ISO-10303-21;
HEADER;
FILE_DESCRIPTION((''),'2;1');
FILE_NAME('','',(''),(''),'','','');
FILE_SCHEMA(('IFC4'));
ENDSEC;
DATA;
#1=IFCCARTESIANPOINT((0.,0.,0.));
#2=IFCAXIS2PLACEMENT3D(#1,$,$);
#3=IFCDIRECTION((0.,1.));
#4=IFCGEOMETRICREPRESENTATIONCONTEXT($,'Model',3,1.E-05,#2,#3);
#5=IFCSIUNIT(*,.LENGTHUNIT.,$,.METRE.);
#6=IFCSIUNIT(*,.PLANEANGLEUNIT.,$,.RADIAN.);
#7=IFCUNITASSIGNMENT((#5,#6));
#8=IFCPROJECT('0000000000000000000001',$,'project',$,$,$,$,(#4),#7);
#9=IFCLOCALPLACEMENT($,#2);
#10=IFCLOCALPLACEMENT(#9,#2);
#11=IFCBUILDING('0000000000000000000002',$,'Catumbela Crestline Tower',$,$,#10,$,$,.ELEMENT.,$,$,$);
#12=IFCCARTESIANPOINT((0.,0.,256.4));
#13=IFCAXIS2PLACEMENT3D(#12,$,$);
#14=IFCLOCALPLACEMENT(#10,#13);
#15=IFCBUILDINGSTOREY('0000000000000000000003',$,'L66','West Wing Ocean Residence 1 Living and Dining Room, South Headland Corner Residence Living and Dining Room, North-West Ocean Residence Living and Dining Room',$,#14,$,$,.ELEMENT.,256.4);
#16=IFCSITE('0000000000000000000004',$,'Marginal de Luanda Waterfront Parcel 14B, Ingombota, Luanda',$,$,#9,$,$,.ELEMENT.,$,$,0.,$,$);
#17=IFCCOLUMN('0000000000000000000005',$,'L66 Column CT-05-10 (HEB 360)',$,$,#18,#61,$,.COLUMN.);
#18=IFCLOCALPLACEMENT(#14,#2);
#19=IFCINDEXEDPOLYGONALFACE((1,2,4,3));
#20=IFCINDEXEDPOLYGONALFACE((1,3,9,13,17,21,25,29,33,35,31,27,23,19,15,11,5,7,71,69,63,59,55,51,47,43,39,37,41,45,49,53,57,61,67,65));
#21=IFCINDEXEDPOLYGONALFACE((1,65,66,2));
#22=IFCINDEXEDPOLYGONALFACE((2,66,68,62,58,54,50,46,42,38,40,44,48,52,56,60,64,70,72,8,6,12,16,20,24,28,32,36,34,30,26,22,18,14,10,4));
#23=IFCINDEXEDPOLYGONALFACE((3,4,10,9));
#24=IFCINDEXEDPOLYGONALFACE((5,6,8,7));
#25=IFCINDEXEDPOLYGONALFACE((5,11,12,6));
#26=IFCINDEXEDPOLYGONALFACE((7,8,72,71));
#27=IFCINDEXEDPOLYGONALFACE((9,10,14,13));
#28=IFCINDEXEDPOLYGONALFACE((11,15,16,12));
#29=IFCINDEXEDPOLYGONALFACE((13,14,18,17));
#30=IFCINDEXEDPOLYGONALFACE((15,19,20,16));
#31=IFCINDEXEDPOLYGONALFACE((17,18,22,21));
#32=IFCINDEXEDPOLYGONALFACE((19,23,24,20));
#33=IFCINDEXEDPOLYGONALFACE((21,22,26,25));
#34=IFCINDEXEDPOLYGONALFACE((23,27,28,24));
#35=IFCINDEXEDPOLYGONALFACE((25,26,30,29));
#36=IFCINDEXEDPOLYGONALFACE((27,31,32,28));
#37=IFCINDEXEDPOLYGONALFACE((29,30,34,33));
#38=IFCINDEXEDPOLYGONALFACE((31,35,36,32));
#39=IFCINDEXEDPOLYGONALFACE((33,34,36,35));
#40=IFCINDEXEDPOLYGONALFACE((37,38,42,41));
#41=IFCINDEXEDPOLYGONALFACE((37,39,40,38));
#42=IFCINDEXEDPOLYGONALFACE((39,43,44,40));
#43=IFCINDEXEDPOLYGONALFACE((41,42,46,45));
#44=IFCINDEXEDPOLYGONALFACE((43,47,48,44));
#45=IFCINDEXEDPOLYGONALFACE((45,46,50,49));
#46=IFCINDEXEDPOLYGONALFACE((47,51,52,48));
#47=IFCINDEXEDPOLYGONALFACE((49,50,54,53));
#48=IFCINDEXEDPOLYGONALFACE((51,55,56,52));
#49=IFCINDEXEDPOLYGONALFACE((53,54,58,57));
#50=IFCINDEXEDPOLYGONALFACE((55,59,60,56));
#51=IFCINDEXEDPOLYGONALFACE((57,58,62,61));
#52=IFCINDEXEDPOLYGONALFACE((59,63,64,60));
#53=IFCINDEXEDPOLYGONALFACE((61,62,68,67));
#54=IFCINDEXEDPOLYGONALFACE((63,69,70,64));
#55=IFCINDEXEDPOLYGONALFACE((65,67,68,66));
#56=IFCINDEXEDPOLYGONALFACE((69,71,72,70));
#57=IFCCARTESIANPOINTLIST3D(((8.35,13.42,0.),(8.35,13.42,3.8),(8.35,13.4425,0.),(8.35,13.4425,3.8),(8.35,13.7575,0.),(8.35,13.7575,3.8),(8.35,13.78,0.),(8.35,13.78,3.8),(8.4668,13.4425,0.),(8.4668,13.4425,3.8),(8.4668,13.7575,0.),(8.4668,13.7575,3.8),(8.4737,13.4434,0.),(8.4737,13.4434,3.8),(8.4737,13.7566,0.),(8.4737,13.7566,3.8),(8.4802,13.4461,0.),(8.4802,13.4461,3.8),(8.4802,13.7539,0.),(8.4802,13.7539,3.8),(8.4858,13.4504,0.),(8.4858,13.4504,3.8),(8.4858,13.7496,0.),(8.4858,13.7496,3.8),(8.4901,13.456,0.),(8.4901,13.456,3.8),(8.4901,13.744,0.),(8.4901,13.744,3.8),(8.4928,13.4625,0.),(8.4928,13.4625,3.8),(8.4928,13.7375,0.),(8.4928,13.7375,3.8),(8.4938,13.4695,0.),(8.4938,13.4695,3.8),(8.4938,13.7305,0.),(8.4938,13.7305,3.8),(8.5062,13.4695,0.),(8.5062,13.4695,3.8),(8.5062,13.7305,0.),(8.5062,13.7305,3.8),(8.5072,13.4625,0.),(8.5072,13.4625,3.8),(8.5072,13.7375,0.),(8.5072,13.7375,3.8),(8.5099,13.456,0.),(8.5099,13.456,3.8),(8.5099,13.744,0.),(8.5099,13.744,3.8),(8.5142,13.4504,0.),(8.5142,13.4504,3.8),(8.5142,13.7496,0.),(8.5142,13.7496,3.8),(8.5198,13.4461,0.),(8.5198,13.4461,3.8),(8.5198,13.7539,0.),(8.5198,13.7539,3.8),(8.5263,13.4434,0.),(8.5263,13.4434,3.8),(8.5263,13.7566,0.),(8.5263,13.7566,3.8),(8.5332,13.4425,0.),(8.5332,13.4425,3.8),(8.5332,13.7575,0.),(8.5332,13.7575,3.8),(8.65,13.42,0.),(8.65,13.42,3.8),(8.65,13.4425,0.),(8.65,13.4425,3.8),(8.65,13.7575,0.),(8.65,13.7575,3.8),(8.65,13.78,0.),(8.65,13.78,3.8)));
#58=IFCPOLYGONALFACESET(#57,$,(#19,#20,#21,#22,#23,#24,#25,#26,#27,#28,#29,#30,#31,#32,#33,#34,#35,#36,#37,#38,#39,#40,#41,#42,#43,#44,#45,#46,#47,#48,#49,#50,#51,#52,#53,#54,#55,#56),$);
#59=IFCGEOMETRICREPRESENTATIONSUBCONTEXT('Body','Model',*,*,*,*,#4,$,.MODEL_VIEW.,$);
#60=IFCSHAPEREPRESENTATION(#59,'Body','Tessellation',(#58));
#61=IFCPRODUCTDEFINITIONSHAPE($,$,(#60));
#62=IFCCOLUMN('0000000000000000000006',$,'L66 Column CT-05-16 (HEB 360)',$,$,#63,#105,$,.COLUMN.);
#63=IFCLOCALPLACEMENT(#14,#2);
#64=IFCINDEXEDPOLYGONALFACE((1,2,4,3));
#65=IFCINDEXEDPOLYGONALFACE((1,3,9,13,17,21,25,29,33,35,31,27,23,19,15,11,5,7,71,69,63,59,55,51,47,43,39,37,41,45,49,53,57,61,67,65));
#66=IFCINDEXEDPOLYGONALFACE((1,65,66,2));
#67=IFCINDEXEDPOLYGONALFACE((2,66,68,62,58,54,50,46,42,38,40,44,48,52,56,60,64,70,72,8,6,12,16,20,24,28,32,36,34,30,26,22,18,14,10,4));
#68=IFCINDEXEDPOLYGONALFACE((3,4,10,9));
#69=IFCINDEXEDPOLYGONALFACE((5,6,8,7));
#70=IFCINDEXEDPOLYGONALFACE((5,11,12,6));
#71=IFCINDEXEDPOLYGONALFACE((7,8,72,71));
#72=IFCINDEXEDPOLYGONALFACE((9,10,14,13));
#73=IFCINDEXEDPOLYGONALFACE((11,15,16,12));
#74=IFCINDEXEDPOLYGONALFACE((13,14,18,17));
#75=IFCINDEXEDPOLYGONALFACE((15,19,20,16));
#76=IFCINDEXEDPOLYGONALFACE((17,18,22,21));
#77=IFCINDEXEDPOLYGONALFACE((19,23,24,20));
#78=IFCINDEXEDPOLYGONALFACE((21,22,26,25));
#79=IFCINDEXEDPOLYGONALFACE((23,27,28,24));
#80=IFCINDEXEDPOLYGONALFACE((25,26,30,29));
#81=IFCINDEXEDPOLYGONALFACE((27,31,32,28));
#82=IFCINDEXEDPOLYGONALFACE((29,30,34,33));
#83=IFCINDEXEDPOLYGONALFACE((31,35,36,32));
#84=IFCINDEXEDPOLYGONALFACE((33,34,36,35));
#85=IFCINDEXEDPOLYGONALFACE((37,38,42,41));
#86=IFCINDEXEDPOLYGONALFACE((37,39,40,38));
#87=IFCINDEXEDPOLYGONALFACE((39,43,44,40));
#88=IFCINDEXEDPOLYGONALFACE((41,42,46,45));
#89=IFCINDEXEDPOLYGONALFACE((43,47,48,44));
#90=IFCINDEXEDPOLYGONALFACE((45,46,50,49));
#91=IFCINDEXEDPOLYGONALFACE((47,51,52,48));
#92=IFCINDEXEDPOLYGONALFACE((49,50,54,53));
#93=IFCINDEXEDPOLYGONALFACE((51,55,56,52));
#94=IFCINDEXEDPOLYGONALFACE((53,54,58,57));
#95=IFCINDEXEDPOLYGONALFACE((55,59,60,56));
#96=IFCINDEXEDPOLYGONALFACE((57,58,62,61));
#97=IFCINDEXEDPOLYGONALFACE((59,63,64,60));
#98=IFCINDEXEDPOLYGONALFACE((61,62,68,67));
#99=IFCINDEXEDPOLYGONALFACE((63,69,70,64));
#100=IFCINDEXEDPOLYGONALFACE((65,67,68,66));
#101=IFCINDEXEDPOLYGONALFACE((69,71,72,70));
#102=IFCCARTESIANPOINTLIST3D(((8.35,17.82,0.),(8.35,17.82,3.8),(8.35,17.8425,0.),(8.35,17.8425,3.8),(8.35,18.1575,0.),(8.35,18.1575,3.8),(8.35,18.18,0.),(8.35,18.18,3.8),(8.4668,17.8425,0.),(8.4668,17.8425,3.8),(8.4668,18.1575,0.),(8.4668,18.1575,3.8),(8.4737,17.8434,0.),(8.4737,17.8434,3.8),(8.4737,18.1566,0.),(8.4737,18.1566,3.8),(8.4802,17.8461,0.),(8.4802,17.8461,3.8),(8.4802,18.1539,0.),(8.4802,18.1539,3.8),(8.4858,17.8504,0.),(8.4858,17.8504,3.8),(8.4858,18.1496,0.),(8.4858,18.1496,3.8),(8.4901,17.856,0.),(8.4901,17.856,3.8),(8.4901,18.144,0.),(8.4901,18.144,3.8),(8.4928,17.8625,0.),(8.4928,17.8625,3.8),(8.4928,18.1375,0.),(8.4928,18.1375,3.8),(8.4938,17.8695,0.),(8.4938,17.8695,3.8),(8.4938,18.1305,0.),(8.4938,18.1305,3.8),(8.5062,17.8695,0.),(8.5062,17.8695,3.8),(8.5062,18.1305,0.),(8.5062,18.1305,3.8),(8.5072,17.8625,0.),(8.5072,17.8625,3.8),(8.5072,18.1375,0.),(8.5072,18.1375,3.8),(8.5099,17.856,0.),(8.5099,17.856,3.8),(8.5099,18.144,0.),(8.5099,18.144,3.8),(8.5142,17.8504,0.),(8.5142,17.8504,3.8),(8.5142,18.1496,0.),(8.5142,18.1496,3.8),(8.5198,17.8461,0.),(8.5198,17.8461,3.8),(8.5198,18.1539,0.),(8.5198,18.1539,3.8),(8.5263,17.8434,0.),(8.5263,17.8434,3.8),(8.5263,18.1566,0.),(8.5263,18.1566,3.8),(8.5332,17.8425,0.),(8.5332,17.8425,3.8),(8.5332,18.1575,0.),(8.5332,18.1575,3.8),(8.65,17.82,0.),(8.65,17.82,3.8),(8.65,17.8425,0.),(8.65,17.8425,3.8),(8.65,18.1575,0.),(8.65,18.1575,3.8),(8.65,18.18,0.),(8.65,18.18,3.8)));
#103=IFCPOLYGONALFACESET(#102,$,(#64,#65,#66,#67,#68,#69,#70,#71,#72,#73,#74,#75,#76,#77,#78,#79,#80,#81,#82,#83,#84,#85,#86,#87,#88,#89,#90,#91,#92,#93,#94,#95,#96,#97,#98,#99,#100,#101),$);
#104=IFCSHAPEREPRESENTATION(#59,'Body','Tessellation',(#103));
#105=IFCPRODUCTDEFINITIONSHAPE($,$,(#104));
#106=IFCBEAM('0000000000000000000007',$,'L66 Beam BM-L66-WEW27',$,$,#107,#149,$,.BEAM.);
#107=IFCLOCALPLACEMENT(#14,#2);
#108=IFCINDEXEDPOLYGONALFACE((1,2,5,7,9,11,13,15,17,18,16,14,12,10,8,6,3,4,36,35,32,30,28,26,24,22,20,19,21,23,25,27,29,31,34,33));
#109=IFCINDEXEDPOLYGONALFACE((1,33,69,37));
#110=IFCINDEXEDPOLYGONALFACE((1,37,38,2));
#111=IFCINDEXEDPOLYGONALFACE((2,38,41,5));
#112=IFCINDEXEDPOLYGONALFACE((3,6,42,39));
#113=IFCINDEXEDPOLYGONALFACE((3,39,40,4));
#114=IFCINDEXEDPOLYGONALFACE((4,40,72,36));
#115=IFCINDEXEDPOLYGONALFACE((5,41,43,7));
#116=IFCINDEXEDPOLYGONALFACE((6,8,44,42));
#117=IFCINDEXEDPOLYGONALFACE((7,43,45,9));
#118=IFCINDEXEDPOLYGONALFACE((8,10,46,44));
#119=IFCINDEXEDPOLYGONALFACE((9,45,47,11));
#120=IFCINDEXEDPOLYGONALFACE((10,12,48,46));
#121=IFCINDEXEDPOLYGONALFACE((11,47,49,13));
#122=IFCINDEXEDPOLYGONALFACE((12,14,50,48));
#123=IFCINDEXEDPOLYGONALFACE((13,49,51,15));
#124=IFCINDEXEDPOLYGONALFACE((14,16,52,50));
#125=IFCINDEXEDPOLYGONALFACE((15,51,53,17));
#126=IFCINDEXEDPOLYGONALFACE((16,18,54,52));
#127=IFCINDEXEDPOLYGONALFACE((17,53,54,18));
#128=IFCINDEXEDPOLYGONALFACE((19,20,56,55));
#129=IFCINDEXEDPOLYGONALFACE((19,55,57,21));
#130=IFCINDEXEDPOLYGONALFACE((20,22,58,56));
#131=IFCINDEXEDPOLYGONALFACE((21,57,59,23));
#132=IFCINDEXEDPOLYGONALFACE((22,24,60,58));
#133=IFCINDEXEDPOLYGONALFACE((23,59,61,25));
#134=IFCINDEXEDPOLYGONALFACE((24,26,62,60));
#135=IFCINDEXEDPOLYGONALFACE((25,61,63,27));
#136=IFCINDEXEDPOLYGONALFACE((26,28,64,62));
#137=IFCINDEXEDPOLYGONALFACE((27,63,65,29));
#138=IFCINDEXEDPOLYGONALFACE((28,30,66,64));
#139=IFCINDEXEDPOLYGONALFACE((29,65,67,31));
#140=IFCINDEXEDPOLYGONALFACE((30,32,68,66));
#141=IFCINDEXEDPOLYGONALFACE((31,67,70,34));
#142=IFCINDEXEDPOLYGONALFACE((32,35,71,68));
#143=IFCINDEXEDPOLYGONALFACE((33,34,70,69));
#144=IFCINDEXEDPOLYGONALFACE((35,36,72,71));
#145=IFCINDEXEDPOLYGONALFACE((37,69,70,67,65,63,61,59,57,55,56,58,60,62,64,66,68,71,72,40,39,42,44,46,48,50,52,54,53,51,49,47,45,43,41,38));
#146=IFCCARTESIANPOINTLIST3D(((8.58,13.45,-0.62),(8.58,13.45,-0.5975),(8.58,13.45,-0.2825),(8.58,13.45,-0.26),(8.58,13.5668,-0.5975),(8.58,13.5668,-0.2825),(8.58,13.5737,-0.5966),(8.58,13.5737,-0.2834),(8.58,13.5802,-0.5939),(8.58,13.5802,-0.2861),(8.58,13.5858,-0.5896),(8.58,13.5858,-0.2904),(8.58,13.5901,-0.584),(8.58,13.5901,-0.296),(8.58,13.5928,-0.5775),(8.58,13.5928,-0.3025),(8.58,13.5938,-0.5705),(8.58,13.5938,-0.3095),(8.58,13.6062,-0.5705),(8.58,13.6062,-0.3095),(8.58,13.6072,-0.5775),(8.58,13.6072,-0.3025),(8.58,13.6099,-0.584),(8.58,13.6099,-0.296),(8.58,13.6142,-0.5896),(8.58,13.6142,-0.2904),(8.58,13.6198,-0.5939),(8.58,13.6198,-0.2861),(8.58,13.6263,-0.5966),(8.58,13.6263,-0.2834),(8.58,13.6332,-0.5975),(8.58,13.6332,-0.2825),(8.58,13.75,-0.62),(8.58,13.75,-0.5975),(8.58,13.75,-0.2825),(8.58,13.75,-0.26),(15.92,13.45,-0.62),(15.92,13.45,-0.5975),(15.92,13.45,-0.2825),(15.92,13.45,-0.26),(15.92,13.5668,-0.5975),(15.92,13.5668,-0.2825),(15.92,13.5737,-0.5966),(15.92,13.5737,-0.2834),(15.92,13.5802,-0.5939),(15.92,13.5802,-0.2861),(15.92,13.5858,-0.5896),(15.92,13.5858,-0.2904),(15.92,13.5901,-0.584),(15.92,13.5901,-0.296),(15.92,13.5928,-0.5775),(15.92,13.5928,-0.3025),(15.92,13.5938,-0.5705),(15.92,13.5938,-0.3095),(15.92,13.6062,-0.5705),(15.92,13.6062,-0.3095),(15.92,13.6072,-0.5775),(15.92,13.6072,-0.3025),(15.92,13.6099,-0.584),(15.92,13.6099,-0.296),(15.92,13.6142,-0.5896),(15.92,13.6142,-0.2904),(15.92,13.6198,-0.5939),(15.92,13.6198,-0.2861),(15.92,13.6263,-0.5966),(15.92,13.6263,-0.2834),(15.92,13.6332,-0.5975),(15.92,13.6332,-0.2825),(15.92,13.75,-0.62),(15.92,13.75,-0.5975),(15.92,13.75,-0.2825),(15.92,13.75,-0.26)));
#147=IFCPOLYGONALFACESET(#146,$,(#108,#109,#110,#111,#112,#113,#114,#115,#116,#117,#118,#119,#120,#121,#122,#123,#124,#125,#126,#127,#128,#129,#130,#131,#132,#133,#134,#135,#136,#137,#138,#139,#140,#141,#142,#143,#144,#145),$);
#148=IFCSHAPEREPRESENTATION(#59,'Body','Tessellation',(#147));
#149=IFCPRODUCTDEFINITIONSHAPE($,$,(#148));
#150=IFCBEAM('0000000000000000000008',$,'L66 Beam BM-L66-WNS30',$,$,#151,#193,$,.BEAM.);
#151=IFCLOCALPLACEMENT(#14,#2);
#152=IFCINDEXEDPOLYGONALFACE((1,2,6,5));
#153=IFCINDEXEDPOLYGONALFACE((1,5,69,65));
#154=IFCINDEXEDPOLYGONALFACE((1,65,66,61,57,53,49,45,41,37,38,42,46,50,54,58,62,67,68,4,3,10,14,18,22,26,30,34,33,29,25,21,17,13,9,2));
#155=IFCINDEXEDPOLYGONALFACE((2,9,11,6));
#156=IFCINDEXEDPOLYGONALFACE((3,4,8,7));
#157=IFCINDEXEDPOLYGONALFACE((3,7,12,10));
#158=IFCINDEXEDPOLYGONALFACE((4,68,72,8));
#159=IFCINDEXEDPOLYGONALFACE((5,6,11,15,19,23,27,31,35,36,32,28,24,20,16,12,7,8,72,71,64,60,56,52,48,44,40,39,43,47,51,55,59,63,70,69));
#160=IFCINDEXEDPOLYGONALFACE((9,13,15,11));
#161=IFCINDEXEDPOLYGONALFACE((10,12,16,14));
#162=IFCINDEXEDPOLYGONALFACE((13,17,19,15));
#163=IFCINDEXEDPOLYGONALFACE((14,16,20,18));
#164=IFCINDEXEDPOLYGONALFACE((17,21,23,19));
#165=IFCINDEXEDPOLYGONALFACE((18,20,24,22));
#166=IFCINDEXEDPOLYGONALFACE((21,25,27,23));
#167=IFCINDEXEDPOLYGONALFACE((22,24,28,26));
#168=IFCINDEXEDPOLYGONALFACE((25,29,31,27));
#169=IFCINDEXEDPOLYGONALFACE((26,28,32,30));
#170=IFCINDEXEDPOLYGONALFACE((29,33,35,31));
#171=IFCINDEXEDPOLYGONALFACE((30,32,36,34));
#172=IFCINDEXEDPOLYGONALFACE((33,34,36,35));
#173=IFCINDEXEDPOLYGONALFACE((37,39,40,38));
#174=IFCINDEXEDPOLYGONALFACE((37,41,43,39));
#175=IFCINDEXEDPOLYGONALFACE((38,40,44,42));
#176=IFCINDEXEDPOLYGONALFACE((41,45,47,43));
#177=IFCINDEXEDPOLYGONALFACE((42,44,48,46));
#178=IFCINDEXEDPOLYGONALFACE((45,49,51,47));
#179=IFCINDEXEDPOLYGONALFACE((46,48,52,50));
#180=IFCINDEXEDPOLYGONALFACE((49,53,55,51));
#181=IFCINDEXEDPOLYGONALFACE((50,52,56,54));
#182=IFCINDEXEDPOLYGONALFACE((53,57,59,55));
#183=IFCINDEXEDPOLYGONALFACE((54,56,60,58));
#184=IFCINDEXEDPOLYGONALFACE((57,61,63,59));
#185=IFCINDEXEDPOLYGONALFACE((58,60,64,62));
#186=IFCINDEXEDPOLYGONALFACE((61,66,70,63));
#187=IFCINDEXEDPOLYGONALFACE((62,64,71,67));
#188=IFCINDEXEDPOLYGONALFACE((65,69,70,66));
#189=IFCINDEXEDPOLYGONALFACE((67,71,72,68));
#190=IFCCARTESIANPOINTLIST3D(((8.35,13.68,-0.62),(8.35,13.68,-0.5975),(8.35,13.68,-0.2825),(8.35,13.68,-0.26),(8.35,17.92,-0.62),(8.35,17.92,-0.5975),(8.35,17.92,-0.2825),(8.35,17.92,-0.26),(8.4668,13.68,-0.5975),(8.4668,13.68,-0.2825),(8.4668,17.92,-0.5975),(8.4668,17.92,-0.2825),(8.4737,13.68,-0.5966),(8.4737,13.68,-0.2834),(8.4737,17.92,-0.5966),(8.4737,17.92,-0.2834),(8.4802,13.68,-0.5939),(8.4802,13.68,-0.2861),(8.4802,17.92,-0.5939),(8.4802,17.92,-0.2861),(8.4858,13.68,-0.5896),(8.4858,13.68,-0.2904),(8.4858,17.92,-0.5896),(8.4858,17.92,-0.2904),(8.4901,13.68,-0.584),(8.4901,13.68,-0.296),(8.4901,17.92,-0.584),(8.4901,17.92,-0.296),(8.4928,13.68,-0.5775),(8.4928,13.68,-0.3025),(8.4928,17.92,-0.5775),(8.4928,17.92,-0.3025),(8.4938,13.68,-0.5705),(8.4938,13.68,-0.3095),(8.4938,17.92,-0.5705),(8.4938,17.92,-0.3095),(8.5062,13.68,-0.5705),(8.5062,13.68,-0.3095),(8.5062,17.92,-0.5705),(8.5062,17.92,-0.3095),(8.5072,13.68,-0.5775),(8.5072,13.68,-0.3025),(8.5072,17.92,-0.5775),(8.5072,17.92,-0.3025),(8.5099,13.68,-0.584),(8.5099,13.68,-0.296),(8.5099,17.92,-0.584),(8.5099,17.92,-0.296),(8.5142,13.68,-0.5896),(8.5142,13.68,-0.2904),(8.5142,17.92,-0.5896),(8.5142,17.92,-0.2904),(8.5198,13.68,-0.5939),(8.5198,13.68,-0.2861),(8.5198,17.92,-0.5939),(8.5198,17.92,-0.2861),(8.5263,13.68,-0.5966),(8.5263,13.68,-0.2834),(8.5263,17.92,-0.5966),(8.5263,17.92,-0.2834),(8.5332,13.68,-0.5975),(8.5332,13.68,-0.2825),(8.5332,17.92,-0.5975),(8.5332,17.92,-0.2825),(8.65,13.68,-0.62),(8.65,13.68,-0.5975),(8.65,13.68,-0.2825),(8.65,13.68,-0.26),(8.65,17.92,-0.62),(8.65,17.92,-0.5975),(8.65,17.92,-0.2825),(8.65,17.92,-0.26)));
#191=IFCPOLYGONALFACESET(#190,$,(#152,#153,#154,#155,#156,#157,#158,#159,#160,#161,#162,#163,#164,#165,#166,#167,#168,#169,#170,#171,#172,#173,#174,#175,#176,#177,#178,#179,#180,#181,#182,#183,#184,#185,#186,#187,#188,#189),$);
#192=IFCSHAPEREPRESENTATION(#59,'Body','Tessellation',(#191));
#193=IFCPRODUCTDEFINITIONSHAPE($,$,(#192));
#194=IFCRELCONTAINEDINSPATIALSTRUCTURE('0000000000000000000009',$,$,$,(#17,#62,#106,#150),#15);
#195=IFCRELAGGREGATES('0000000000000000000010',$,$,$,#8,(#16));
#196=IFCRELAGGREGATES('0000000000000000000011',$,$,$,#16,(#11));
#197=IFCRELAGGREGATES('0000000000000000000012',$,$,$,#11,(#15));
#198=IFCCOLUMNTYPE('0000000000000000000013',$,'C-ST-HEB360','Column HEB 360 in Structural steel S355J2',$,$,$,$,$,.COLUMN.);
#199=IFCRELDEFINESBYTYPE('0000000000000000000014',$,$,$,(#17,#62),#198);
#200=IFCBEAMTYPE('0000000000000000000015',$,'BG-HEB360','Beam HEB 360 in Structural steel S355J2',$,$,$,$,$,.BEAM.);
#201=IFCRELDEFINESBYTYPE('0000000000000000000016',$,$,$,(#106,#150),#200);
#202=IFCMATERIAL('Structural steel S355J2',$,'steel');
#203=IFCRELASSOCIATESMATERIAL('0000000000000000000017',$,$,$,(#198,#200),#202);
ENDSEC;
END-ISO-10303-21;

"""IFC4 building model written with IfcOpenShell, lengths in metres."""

from ifc_helpers import new_model, si_unit, direction, frame, origin, origin_2d, place, context, subcontext, project, spatial, i_section, extrude, material, material_profile, profile_set, type_object, element, save


model = new_model("IFC4")

# Units and contexts
model_context = context("Model", 3, precision=1e-05, world=origin(), true_north=direction((0.0, 1.0)))
body_context = subcontext(model_context, "Body", "Model", "MODEL_VIEW")
ifc_project = project(units=[si_unit("LENGTHUNIT", "METRE"), si_unit("PLANEANGLEUNIT", "RADIAN")], contexts=[model_context])

# Site, building, storey
site_placement = place(None, origin())
site = spatial("IfcSite", under=ifc_project, at=site_placement, Name="Marginal de Luanda Waterfront Parcel 14B, Ingombota, Luanda", CompositionType="ELEMENT", RefElevation=0.0)
building_placement = place(site_placement, origin())
building = spatial("IfcBuilding", under=site, at=building_placement, Name="Catumbela Crestline Tower", CompositionType="ELEMENT")
storey_placement = place(building_placement, frame((0.0, 0.0, 256.4)))
storey = spatial("IfcBuildingStorey", under=building, at=storey_placement, Name="L66", Description="West Wing Ocean Residence 1 Living and Dining Room, South Headland Corner Residence Living and Dining Room, North-West Ocean Residence Living and Dining Room", CompositionType="ELEMENT", Elevation=256.4)

# Columns
ifc_material_1 = material(Name="Structural steel S355J2", Category="steel")
ifc_material_profile_1 = material_profile(ifc_material_1, i_section(OverallWidth=0.3, OverallDepth=0.36, WebThickness=0.0125, FlangeThickness=0.0225, FilletRadius=0.027, at=origin_2d()), Name="HEB 360")
ifc_profile_set_1 = profile_set([ifc_material_profile_1], Name="Structural steel S355J2")
column_type = type_object("IfcColumnType", Name="C-ST-HEB360", Description="Column HEB 360 in Structural steel S355J2", PredefinedType="COLUMN", material=ifc_profile_set_1)
for number, where, z_axis, x_axis, name in (
    (1, (8.5, 13.6, 0.0), (0.0, 0.0, 1.0), (1.0, 0.0, 0.0), "L66 Column CT-05-10 (HEB 360)"),
    (2, (8.5, 18.0, 0.0), (0.0, 0.0, 1.0), (1.0, 0.0, 0.0), "L66 Column CT-05-16 (HEB 360)"),
):
    element("IfcColumn", number, at=place(storey_placement, frame(where, z_axis=z_axis, x_axis=x_axis)), inside=storey, type_object=column_type, Name=name, PredefinedType="COLUMN", context=body_context, shape_type="SweptSolid", body=[
        extrude(i_section(OverallWidth=0.3, OverallDepth=0.36, WebThickness=0.0125, FlangeThickness=0.0225, FilletRadius=0.027, at=origin_2d()), origin(), (0.0, 0.0, 1.0), 3.8),
    ])

# Beams
ifc_material_profile_2 = material_profile(ifc_material_1, i_section(OverallWidth=0.3, OverallDepth=0.36, WebThickness=0.0125, FlangeThickness=0.0225, FilletRadius=0.027, at=origin_2d()), Name="HEB 360")
ifc_profile_set_2 = profile_set([ifc_material_profile_2], Name="Structural steel S355J2")
beam_type = type_object("IfcBeamType", Name="BG-HEB360", Description="Beam HEB 360 in Structural steel S355J2", PredefinedType="BEAM", material=ifc_profile_set_2)
beam_1_placement = place(storey_placement, frame((8.58, 13.6, -0.44), z_axis=(1.0, 0.0, 0.0), x_axis=(0.0, 1.0, 0.0)))
element("IfcBeam", 3, at=beam_1_placement, inside=storey, type_object=beam_type, Name="L66 Beam BM-L66-WEW27", PredefinedType="BEAM", context=body_context, shape_type="SweptSolid", body=[
    extrude(i_section(OverallWidth=0.3, OverallDepth=0.36, WebThickness=0.0125, FlangeThickness=0.0225, FilletRadius=0.027, at=origin_2d()), origin(), (0.0, 0.0, 1.0), 7.34),
])
beam_2_placement = place(storey_placement, frame((8.5, 13.68, -0.44), z_axis=(0.0, 1.0, 0.0), x_axis=(-1.0, 0.0, 0.0)))
element("IfcBeam", 4, at=beam_2_placement, inside=storey, type_object=beam_type, Name="L66 Beam BM-L66-WNS30", PredefinedType="BEAM", context=body_context, shape_type="SweptSolid", body=[
    extrude(i_section(OverallWidth=0.3, OverallDepth=0.36, WebThickness=0.0125, FlangeThickness=0.0225, FilletRadius=0.027, at=origin_2d()), origin(), (0.0, 0.0, 1.0), 4.24),
])

save(model, "model.ifc")
